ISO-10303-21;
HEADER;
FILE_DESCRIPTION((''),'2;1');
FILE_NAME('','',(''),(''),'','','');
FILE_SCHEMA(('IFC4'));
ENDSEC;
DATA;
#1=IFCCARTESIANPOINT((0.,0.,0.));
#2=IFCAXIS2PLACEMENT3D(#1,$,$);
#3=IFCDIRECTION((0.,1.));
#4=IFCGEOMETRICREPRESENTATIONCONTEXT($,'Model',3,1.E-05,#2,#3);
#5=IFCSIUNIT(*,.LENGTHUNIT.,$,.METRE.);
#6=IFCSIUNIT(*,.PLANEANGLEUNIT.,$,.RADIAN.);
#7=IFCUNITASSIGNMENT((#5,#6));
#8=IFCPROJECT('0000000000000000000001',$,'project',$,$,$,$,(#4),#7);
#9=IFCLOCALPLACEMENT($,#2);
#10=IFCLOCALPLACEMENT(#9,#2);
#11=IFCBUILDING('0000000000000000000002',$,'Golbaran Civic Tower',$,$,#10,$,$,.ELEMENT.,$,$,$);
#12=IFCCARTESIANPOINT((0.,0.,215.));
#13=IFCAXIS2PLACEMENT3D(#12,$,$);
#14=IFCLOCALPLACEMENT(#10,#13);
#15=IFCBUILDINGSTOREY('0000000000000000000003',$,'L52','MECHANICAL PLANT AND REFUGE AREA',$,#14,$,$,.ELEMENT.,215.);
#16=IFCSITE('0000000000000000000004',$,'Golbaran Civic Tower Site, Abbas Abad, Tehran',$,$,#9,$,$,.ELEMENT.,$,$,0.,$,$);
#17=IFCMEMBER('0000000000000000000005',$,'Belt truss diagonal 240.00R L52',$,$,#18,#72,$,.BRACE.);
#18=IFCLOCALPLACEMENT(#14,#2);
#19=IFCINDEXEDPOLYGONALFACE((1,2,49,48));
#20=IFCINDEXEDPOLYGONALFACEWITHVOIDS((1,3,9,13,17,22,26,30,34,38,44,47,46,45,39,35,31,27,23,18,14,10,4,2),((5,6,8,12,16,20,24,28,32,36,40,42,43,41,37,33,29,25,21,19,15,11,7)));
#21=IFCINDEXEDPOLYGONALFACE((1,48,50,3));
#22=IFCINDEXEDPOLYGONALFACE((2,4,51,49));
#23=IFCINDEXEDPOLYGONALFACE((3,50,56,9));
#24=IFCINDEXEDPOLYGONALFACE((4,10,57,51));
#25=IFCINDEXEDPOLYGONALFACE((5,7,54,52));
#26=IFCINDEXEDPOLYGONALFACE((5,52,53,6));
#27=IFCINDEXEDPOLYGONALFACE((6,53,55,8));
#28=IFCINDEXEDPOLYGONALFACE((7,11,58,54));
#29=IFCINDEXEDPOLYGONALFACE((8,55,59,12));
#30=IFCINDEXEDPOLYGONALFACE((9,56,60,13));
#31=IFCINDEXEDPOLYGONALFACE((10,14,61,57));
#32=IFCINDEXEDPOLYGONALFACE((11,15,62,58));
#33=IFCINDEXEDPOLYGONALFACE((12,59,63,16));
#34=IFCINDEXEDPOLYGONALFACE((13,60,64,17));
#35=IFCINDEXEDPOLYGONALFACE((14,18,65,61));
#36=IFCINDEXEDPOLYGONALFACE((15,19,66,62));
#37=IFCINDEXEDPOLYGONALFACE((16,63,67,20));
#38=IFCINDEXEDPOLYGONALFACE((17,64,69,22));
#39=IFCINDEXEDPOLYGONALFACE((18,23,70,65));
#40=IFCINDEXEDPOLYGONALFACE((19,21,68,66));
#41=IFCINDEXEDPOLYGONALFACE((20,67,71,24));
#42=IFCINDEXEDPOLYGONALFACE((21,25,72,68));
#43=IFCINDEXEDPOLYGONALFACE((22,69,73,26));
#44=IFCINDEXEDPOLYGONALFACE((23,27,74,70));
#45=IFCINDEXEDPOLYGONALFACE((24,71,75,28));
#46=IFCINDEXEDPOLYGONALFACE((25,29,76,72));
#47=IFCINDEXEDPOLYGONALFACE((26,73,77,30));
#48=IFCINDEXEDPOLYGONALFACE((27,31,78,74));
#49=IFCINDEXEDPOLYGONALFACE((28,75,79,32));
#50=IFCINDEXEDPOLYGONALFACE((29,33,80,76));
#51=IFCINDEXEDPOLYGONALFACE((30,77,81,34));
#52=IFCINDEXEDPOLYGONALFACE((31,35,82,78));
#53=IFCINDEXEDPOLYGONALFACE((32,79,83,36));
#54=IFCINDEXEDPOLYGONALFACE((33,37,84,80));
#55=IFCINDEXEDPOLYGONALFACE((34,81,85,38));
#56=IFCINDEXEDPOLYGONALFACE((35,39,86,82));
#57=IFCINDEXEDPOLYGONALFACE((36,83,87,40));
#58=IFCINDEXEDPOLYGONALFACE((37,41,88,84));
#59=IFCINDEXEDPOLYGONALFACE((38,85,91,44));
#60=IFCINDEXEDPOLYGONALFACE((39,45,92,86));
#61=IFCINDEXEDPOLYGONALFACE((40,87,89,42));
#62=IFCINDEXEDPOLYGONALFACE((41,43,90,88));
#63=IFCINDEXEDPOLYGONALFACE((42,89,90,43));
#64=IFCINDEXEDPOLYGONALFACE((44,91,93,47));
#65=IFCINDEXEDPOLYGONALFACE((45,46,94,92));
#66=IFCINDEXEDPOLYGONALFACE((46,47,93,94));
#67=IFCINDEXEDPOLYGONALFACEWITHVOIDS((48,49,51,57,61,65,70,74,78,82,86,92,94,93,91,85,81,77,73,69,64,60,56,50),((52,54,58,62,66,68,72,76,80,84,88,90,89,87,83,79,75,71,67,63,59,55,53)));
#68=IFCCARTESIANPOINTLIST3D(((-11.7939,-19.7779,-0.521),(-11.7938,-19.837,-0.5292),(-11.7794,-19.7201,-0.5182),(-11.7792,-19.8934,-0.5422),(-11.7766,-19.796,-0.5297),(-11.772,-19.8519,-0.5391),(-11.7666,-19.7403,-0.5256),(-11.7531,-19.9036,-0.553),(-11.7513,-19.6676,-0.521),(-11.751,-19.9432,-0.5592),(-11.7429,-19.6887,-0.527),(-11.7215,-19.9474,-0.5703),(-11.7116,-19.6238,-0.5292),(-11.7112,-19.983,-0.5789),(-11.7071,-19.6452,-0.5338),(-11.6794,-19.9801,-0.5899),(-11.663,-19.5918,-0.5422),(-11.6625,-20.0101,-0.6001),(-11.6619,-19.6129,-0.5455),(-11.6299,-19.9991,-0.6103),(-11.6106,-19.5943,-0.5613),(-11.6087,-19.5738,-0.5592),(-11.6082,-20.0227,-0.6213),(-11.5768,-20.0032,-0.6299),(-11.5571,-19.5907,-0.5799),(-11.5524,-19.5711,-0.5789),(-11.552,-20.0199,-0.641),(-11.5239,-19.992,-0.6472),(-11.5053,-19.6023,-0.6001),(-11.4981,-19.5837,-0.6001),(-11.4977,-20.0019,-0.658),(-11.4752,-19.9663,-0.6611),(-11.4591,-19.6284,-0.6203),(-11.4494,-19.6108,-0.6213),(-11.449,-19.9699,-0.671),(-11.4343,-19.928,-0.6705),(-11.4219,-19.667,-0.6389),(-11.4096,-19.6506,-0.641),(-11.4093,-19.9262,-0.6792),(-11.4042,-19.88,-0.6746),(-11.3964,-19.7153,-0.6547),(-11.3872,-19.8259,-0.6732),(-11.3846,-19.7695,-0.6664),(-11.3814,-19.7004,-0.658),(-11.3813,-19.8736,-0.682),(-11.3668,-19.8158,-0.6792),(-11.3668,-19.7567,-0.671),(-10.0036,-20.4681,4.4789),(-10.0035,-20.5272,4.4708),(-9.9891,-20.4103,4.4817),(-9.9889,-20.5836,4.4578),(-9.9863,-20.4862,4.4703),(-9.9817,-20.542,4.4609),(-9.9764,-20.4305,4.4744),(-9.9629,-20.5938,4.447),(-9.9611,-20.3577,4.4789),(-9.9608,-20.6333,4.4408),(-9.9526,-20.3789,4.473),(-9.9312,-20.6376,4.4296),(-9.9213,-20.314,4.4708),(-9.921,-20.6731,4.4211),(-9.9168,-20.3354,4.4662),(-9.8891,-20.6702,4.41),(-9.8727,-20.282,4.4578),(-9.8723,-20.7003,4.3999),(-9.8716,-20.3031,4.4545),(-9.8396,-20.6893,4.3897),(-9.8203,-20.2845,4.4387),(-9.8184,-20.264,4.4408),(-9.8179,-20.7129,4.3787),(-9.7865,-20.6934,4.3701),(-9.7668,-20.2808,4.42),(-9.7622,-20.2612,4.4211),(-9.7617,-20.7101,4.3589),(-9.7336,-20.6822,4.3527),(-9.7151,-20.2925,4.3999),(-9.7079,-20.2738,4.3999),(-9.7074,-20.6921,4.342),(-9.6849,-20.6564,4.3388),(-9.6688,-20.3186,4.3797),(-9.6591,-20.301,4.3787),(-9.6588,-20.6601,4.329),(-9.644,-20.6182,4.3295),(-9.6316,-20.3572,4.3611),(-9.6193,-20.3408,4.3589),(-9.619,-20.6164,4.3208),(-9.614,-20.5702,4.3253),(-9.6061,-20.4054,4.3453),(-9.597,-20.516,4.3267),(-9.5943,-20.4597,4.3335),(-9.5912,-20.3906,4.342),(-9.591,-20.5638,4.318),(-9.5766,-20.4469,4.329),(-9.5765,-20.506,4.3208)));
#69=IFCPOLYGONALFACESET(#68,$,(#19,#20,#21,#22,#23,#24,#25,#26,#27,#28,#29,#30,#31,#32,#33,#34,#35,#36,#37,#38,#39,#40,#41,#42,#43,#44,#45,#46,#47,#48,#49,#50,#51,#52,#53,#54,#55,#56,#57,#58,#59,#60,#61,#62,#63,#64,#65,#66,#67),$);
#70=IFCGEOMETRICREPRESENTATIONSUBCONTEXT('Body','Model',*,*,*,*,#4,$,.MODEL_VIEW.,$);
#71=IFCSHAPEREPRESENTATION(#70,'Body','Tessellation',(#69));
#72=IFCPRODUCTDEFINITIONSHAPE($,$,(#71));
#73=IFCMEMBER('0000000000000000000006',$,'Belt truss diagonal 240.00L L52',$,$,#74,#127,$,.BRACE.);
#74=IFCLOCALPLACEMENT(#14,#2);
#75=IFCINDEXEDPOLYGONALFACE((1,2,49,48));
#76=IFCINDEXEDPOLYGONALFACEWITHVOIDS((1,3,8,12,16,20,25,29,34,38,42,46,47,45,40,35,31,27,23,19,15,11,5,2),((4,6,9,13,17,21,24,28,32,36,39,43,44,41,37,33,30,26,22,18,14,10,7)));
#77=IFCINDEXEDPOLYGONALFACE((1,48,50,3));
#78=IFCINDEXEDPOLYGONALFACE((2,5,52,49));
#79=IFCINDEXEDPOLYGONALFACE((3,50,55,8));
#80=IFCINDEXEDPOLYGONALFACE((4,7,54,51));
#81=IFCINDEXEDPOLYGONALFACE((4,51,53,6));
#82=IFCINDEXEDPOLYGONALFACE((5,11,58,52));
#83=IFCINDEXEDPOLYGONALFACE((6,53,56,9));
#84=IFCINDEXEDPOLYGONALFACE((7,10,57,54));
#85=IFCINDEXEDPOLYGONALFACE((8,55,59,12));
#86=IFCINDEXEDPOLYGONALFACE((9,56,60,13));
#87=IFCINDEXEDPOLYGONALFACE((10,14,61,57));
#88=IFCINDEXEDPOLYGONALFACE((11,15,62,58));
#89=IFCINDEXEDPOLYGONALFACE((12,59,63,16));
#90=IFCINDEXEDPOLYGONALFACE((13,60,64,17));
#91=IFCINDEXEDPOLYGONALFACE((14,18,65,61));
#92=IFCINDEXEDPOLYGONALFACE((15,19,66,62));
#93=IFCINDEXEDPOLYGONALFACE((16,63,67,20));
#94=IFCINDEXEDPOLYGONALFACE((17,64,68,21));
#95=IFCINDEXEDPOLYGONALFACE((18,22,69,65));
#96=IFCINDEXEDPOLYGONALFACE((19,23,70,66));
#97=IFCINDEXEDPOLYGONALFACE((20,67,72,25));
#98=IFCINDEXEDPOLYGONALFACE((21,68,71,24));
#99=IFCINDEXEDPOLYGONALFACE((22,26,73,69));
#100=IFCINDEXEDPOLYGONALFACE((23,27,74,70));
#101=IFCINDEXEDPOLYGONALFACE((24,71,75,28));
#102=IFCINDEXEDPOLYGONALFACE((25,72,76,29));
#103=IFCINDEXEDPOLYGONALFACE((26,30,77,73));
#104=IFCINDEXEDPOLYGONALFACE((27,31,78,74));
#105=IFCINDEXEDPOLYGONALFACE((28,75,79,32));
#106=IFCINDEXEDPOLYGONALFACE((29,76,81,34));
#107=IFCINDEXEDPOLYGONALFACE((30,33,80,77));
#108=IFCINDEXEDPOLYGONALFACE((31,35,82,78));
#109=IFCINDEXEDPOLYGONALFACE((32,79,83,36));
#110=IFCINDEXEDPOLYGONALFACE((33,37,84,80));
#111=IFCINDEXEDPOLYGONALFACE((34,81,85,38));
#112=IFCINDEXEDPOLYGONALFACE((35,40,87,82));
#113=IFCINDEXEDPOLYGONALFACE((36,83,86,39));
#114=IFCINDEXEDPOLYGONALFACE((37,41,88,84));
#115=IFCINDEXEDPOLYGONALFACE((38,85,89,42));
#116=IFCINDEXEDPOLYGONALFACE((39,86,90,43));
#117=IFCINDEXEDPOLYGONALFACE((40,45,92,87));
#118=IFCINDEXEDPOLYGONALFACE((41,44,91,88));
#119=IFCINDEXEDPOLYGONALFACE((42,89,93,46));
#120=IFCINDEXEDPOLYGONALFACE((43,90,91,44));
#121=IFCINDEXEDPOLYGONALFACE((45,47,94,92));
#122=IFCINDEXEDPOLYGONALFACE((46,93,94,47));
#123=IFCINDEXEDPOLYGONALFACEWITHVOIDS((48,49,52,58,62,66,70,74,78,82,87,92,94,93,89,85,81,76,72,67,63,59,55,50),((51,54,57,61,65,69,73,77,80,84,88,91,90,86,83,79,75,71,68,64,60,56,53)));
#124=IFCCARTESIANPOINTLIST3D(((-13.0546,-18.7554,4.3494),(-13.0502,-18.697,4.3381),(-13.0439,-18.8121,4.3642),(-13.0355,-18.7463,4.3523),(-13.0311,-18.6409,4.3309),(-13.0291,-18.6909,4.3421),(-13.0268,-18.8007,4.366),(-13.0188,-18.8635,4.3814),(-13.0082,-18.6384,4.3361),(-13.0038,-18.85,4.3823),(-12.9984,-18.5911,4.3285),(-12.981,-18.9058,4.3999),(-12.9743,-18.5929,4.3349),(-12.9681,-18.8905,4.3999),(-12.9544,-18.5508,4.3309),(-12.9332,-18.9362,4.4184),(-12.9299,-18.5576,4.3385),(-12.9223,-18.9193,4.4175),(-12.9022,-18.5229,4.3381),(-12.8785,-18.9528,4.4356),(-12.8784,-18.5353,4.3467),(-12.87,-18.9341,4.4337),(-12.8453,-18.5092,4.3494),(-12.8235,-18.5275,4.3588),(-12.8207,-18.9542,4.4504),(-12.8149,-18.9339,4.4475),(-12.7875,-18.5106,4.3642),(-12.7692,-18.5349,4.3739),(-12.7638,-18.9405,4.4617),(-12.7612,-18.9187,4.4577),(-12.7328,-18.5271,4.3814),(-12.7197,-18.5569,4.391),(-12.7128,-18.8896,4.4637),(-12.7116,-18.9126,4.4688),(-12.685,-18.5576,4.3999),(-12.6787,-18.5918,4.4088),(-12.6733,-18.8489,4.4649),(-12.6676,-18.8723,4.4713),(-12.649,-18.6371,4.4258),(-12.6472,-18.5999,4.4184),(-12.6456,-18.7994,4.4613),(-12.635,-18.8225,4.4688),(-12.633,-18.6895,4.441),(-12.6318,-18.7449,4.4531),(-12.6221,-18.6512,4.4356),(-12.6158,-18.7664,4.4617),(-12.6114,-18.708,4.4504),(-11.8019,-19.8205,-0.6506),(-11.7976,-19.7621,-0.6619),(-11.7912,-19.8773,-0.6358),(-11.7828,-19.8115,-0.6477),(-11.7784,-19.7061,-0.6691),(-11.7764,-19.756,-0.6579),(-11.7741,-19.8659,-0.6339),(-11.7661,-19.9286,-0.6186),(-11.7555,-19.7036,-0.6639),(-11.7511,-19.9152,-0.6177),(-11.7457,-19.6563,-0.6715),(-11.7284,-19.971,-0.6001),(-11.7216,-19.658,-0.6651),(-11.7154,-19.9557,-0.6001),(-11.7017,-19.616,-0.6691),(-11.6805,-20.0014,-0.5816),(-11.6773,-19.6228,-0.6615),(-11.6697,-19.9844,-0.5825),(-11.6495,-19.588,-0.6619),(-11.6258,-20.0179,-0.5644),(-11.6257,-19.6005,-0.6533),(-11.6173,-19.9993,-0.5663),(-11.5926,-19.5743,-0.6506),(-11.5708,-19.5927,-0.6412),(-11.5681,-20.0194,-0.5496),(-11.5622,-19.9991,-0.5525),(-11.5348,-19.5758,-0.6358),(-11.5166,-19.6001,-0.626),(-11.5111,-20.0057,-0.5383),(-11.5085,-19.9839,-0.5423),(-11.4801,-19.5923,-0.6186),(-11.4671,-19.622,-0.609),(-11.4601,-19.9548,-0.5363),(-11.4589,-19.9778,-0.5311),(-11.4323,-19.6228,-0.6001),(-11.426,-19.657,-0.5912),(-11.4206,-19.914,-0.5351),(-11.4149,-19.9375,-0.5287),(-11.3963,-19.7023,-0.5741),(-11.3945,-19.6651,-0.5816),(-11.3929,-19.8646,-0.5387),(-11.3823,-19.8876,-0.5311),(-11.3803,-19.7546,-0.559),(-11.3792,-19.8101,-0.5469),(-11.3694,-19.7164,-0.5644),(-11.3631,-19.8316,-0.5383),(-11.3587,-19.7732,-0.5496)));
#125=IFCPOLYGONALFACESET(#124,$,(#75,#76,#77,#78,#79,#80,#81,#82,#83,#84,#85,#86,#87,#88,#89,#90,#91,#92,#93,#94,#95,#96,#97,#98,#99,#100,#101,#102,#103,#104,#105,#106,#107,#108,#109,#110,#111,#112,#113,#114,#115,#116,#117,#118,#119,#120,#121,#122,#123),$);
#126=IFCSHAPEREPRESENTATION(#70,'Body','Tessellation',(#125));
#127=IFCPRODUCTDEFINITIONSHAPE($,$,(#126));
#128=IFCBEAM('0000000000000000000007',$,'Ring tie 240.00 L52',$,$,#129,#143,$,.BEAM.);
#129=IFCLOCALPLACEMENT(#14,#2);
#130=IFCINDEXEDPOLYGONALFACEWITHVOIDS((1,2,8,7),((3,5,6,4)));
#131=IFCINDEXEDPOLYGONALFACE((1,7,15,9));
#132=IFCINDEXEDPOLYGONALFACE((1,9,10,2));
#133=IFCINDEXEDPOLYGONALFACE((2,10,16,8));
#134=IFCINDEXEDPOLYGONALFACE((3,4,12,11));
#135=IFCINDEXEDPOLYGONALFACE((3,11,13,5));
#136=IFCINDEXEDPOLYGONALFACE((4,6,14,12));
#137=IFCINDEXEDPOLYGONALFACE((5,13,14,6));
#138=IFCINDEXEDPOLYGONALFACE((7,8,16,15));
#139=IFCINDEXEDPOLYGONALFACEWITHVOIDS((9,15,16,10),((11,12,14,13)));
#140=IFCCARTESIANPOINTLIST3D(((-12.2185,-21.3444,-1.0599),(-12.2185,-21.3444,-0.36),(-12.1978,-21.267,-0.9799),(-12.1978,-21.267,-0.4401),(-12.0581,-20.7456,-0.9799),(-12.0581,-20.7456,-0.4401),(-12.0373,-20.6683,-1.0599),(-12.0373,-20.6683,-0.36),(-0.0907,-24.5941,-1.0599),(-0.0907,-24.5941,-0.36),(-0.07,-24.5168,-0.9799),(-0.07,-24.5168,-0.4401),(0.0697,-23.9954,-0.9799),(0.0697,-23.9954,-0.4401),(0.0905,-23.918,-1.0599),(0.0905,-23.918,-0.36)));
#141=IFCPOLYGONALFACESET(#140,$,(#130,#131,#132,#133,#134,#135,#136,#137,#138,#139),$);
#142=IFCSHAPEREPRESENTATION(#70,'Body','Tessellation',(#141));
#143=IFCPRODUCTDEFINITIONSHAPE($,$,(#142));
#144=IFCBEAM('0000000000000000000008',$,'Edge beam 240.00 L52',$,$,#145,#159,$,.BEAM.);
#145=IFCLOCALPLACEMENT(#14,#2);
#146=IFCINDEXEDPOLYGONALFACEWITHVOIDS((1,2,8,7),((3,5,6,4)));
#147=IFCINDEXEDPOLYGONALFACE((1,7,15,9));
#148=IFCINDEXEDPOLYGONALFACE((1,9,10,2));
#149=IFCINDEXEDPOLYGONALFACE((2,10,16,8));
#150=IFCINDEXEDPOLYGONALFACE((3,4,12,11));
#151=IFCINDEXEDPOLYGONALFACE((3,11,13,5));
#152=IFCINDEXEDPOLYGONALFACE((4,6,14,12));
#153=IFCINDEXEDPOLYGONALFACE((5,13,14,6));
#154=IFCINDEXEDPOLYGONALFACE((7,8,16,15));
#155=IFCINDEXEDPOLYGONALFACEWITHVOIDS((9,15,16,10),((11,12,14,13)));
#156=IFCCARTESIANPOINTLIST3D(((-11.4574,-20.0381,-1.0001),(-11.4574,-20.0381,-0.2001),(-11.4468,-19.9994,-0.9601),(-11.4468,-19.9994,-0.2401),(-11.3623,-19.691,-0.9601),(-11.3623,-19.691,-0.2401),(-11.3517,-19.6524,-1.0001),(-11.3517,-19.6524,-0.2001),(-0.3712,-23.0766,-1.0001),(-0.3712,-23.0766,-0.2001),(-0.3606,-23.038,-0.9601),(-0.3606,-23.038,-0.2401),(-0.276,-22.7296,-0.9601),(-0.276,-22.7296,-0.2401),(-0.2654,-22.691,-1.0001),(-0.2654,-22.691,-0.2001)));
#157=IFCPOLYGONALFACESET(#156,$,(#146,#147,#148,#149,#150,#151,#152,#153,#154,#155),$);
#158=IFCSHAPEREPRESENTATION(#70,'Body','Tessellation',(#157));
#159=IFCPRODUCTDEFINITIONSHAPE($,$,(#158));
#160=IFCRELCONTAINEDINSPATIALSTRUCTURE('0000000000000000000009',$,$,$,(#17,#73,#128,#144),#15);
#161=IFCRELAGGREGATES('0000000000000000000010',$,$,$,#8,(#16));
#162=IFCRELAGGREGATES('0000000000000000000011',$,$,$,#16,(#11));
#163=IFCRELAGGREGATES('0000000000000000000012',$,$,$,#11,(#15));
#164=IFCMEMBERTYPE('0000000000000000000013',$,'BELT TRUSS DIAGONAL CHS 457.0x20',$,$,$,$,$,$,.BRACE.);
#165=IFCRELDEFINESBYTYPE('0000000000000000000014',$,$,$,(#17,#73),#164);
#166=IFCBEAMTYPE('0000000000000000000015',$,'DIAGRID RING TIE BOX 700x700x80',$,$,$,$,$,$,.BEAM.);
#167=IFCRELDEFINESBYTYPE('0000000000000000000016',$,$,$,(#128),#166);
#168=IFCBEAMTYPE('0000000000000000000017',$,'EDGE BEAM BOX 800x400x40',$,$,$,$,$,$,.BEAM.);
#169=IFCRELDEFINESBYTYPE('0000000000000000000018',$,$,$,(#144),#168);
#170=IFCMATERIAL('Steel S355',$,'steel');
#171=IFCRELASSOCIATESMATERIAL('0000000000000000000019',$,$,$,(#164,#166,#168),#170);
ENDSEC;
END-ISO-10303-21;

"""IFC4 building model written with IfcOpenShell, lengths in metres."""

from ifc_helpers import new_model, si_unit, direction, frame, origin, origin_2d, place, context, subcontext, project, spatial, hollow_rectangle, hollow_circle, extrude, material, material_profile, profile_set, type_object, element, save


model = new_model("IFC4")

# Units and contexts
model_context = context("Model", 3, precision=1e-05, world=origin(), true_north=direction((0.0, 1.0)))
body_context = subcontext(model_context, "Body", "Model", "MODEL_VIEW")
ifc_project = project(units=[si_unit("LENGTHUNIT", "METRE"), si_unit("PLANEANGLEUNIT", "RADIAN")], contexts=[model_context])

# Site, building, storey
site_placement = place(None, origin())
site = spatial("IfcSite", under=ifc_project, at=site_placement, Name="Golbaran Civic Tower Site, Abbas Abad, Tehran", CompositionType="ELEMENT", RefElevation=0.0)
building_placement = place(site_placement, origin())
building = spatial("IfcBuilding", under=site, at=building_placement, Name="Golbaran Civic Tower", CompositionType="ELEMENT")
storey_placement = place(building_placement, frame((0.0, 0.0, 215.0)))
storey = spatial("IfcBuildingStorey", under=building, at=storey_placement, Name="L52", Description="MECHANICAL PLANT AND REFUGE AREA", CompositionType="ELEMENT", Elevation=215.0)

# Members
ifc_material_1 = material(Name="Steel S355", Category="steel")
ifc_material_profile_1 = material_profile(ifc_material_1, hollow_circle(Radius=0.2285, WallThickness=0.02, at=origin_2d()), Name="CHS 457.0x20")
ifc_profile_set_1 = profile_set([ifc_material_profile_1], Name="Steel S355")
member_type_1 = type_object("IfcMemberType", Name="BELT TRUSS DIAGONAL CHS 457.0x20", PredefinedType="BRACE", material=ifc_profile_set_1)
member_1_placement = place(storey_placement, frame((-11.5803, -19.7969, -0.6001), z_axis=(0.334288, -0.128874, 0.933618), x_axis=(0.359712, 0.933063, 0.0)))
element("IfcMember", 1, at=member_1_placement, inside=storey, type_object=member_type_1, Name="Belt truss diagonal 240.00R L52", PredefinedType="BRACE", context=body_context, shape_type="SweptSolid", body=[
    extrude(hollow_circle(Radius=0.2285, WallThickness=0.02, at=origin_2d()), origin(), (0.0, 0.0, 1.0), 5.3555),
])
member_2_placement = place(storey_placement, frame((-11.5803, -19.7969, -0.6001), z_axis=(-0.237997, 0.202374, 0.949948), x_axis=(-0.647791, -0.761818, 0.0)))
element("IfcMember", 2, at=member_2_placement, inside=storey, type_object=member_type_1, Name="Belt truss diagonal 240.00L L52", PredefinedType="BRACE", context=body_context, shape_type="SweptSolid", body=[
    extrude(hollow_circle(Radius=0.2285, WallThickness=0.02, at=origin_2d()), origin(), (0.0, 0.0, 1.0), 5.2634),
])

# Beams
ifc_material_profile_2 = material_profile(ifc_material_1, hollow_rectangle(XDim=0.7, YDim=0.7, WallThickness=0.0801, at=origin_2d()), Name="BOX 700x700x80")
ifc_profile_set_2 = profile_set([ifc_material_profile_2], Name="Steel S355")
beam_type_1 = type_object("IfcBeamType", Name="DIAGRID RING TIE BOX 700x700x80", PredefinedType="BEAM", material=ifc_profile_set_2)
beam_1_placement = place(storey_placement, frame((-12.1279, -21.0063, -0.71), z_axis=(0.965924, -0.258826, 0.0), x_axis=(0.258826, 0.965924, 0.0)))
element("IfcBeam", 3, at=beam_1_placement, inside=storey, type_object=beam_type_1, Name="Ring tie 240.00 L52", PredefinedType="BEAM", context=body_context, shape_type="SweptSolid", body=[
    extrude(hollow_rectangle(XDim=0.7, YDim=0.7, WallThickness=0.0801, at=origin_2d()), origin(), (0.0, 0.0, 1.0), 12.5557),
])
ifc_material_profile_3 = material_profile(ifc_material_1, hollow_rectangle(XDim=0.3999, YDim=0.8, WallThickness=0.04, at=origin_2d()), Name="BOX 800x400x40")
ifc_profile_set_3 = profile_set([ifc_material_profile_3], Name="Steel S355")
beam_type_2 = type_object("IfcBeamType", Name="EDGE BEAM BOX 800x400x40", PredefinedType="BEAM", material=ifc_profile_set_3)
beam_2_placement = place(storey_placement, frame((-11.4045, -19.8452, -0.6001), z_axis=(0.96443, -0.264337, 0.0), x_axis=(0.264337, 0.96443, 0.0)))
element("IfcBeam", 4, at=beam_2_placement, inside=storey, type_object=beam_type_2, Name="Edge beam 240.00 L52", PredefinedType="BEAM", context=body_context, shape_type="SweptSolid", body=[
    extrude(hollow_rectangle(XDim=0.3999, YDim=0.8, WallThickness=0.04, at=origin_2d()), origin(), (0.0, 0.0, 1.0), 11.4951),
])

save(model, "model.ifc")
